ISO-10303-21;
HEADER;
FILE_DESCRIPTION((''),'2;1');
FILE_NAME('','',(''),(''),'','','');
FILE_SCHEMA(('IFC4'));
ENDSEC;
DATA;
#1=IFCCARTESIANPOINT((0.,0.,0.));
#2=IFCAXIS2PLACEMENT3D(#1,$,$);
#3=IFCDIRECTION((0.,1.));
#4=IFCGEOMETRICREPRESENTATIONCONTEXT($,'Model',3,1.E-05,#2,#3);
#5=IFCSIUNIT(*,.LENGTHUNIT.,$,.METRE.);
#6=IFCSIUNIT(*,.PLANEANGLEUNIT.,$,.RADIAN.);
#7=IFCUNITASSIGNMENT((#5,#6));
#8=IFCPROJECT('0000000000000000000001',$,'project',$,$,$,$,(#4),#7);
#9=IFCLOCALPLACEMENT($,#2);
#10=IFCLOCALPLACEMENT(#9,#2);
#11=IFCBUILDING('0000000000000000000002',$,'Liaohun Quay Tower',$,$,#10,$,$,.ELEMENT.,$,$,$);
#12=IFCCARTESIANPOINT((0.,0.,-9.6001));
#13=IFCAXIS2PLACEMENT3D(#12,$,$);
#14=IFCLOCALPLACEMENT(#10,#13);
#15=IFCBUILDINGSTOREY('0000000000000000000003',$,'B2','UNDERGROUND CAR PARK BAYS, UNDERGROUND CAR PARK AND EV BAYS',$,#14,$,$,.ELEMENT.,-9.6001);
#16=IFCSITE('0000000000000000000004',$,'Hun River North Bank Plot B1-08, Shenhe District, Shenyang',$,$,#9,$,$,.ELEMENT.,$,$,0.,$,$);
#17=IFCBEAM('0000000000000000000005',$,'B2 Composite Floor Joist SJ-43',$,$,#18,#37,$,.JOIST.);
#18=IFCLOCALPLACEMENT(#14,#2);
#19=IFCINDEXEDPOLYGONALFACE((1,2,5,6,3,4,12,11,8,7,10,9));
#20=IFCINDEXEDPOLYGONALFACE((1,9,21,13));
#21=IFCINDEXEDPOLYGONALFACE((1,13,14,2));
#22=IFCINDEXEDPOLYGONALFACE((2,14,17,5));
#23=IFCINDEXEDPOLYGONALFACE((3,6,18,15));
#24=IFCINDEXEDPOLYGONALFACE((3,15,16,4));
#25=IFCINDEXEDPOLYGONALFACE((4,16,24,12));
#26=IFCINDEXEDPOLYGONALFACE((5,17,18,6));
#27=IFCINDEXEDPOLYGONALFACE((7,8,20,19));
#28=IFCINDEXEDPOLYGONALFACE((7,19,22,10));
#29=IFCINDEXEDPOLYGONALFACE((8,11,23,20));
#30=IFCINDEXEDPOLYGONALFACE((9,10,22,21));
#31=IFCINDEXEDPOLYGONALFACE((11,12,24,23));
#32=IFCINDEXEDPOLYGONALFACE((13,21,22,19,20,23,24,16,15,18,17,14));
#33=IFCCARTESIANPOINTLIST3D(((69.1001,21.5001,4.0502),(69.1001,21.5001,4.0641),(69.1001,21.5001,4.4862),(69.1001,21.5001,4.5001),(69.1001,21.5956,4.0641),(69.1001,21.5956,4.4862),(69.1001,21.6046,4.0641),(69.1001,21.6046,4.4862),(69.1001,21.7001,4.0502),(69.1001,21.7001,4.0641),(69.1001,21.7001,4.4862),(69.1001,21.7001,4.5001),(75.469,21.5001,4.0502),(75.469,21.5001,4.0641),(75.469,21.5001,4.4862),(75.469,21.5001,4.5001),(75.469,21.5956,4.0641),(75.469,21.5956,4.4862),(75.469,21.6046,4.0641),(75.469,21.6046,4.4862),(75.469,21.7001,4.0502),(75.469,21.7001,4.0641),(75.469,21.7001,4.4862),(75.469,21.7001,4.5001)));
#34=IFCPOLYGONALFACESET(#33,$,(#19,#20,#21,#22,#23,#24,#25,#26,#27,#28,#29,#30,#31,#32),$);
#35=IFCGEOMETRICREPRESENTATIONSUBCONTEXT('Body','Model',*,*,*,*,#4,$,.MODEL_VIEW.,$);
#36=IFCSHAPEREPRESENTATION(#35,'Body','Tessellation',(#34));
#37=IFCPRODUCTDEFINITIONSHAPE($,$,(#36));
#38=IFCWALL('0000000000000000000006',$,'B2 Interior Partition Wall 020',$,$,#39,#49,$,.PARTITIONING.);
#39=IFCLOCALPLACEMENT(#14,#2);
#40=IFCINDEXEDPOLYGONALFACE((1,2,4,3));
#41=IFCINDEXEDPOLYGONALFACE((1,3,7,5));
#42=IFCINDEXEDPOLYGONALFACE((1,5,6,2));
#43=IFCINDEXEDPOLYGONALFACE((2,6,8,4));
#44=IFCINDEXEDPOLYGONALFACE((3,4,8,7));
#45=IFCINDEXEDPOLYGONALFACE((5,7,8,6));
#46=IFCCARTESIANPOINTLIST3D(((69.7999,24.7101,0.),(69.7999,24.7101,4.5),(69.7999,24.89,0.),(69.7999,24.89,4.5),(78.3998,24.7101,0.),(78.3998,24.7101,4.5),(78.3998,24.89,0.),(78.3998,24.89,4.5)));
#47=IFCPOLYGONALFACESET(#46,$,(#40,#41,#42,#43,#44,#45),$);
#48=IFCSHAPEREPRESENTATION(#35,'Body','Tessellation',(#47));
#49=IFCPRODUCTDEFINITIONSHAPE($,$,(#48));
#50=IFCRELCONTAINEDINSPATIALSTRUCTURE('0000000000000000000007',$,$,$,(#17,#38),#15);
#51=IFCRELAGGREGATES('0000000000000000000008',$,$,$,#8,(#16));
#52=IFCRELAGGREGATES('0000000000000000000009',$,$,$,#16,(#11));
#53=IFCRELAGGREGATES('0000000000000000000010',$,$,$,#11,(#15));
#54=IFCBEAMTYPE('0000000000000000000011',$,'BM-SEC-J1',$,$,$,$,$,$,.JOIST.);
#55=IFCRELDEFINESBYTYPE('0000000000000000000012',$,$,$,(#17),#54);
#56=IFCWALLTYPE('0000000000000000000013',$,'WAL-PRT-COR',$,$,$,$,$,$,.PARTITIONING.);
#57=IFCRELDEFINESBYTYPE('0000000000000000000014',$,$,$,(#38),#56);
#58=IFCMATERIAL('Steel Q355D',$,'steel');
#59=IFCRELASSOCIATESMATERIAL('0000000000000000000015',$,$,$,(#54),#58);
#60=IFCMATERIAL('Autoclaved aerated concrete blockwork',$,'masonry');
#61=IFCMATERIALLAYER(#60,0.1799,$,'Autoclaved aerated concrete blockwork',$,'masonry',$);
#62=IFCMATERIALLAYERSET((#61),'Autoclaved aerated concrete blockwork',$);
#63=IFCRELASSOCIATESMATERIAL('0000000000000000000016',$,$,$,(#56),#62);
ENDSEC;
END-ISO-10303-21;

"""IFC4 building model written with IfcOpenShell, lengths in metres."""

from ifc_helpers import new_model, si_unit, direction, frame, frame_2d, origin, origin_2d, place, context, subcontext, project, spatial, rectangle, i_section, extrude, source, transform, mapped, material, layer, layer_set, material_profile, profile_set, type_object, element, save


model = new_model("IFC4")

# Units and contexts
model_context = context("Model", 3, precision=1e-05, world=origin(), true_north=direction((0.0, 1.0)))
body_context = subcontext(model_context, "Body", "Model", "MODEL_VIEW")
ifc_project = project(units=[si_unit("LENGTHUNIT", "METRE"), si_unit("PLANEANGLEUNIT", "RADIAN")], contexts=[model_context])

# Site, building, storey
site_placement = place(None, origin())
site = spatial("IfcSite", under=ifc_project, at=site_placement, Name="Hun River North Bank Plot B1-08, Shenhe District, Shenyang", CompositionType="ELEMENT", RefElevation=0.0)
building_placement = place(site_placement, origin())
building = spatial("IfcBuilding", under=site, at=building_placement, Name="Liaohun Quay Tower", CompositionType="ELEMENT")
storey_placement = place(building_placement, frame((0.0, 0.0, -9.6001)))
storey = spatial("IfcBuildingStorey", under=building, at=storey_placement, Name="B2", Description="UNDERGROUND CAR PARK BAYS, UNDERGROUND CAR PARK AND EV BAYS", CompositionType="ELEMENT", Elevation=-9.6001)

# Beam
ifc_material_1 = material(Name="Steel Q355D", Category="steel")
ifc_material_profile_1 = material_profile(ifc_material_1, i_section(OverallWidth=0.2, OverallDepth=0.45, WebThickness=0.009, FlangeThickness=0.0139, at=origin_2d()), Name="HN450x200x9x14")
ifc_profile_set_1 = profile_set([ifc_material_profile_1], Name="Steel Q355D")
beam_type_1 = type_object("IfcBeamType", Name="BM-SEC-J1", PredefinedType="JOIST", material=ifc_profile_set_1)
shared_shape_1 = source(origin(), body_context, "Body", "SweptSolid", [
    extrude(i_section(OverallWidth=0.2, OverallDepth=0.45, WebThickness=0.009, FlangeThickness=0.0139, at=origin_2d()), origin(), (0.0, 0.0, 1.0), 6.3689),
])
beam_1_placement = place(storey_placement, frame((69.1001, 21.6001, 4.2751), z_axis=(1.0, 0.0, 0.0), x_axis=(0.0, 1.0, 0.0)))
element("IfcBeam", 1, at=beam_1_placement, inside=storey, type_object=beam_type_1, Name="B2 Composite Floor Joist SJ-43", PredefinedType="JOIST", context=body_context, shape_type="MappedRepresentation", body=[
    mapped(shared_shape_1, transform((0.0, 0.0, 0.0), x_axis=(1.0, 0.0, 0.0), y_axis=(0.0, 1.0, 0.0), z_axis=(0.0, 0.0, 1.0), scale=1.0)),
])

# Wall
ifc_material_2 = material(Name="Autoclaved aerated concrete blockwork", Category="masonry")
ifc_layer = layer(ifc_material_2, 0.1799, Name="Autoclaved aerated concrete blockwork", Category="masonry")
ifc_layer_set = layer_set([ifc_layer], Name="Autoclaved aerated concrete blockwork")
wall_type = type_object("IfcWallType", Name="WAL-PRT-COR", PredefinedType="PARTITIONING", material=ifc_layer_set)
wall_placement = place(storey_placement, frame((69.8, 24.8, 0.0), z_axis=(0.0, 0.0, 1.0), x_axis=(1.0, 0.0, 0.0)))
element("IfcWall", 2, at=wall_placement, inside=storey, type_object=wall_type, Name="B2 Interior Partition Wall 020", PredefinedType="PARTITIONING", context=body_context, shape_type="SweptSolid", body=[
    extrude(rectangle(XDim=8.5999, YDim=0.1799, at=frame_2d((4.2998, 0.0))), origin(), (0.0, 0.0, 1.0), 4.5),
])

save(model, "model.ifc")
